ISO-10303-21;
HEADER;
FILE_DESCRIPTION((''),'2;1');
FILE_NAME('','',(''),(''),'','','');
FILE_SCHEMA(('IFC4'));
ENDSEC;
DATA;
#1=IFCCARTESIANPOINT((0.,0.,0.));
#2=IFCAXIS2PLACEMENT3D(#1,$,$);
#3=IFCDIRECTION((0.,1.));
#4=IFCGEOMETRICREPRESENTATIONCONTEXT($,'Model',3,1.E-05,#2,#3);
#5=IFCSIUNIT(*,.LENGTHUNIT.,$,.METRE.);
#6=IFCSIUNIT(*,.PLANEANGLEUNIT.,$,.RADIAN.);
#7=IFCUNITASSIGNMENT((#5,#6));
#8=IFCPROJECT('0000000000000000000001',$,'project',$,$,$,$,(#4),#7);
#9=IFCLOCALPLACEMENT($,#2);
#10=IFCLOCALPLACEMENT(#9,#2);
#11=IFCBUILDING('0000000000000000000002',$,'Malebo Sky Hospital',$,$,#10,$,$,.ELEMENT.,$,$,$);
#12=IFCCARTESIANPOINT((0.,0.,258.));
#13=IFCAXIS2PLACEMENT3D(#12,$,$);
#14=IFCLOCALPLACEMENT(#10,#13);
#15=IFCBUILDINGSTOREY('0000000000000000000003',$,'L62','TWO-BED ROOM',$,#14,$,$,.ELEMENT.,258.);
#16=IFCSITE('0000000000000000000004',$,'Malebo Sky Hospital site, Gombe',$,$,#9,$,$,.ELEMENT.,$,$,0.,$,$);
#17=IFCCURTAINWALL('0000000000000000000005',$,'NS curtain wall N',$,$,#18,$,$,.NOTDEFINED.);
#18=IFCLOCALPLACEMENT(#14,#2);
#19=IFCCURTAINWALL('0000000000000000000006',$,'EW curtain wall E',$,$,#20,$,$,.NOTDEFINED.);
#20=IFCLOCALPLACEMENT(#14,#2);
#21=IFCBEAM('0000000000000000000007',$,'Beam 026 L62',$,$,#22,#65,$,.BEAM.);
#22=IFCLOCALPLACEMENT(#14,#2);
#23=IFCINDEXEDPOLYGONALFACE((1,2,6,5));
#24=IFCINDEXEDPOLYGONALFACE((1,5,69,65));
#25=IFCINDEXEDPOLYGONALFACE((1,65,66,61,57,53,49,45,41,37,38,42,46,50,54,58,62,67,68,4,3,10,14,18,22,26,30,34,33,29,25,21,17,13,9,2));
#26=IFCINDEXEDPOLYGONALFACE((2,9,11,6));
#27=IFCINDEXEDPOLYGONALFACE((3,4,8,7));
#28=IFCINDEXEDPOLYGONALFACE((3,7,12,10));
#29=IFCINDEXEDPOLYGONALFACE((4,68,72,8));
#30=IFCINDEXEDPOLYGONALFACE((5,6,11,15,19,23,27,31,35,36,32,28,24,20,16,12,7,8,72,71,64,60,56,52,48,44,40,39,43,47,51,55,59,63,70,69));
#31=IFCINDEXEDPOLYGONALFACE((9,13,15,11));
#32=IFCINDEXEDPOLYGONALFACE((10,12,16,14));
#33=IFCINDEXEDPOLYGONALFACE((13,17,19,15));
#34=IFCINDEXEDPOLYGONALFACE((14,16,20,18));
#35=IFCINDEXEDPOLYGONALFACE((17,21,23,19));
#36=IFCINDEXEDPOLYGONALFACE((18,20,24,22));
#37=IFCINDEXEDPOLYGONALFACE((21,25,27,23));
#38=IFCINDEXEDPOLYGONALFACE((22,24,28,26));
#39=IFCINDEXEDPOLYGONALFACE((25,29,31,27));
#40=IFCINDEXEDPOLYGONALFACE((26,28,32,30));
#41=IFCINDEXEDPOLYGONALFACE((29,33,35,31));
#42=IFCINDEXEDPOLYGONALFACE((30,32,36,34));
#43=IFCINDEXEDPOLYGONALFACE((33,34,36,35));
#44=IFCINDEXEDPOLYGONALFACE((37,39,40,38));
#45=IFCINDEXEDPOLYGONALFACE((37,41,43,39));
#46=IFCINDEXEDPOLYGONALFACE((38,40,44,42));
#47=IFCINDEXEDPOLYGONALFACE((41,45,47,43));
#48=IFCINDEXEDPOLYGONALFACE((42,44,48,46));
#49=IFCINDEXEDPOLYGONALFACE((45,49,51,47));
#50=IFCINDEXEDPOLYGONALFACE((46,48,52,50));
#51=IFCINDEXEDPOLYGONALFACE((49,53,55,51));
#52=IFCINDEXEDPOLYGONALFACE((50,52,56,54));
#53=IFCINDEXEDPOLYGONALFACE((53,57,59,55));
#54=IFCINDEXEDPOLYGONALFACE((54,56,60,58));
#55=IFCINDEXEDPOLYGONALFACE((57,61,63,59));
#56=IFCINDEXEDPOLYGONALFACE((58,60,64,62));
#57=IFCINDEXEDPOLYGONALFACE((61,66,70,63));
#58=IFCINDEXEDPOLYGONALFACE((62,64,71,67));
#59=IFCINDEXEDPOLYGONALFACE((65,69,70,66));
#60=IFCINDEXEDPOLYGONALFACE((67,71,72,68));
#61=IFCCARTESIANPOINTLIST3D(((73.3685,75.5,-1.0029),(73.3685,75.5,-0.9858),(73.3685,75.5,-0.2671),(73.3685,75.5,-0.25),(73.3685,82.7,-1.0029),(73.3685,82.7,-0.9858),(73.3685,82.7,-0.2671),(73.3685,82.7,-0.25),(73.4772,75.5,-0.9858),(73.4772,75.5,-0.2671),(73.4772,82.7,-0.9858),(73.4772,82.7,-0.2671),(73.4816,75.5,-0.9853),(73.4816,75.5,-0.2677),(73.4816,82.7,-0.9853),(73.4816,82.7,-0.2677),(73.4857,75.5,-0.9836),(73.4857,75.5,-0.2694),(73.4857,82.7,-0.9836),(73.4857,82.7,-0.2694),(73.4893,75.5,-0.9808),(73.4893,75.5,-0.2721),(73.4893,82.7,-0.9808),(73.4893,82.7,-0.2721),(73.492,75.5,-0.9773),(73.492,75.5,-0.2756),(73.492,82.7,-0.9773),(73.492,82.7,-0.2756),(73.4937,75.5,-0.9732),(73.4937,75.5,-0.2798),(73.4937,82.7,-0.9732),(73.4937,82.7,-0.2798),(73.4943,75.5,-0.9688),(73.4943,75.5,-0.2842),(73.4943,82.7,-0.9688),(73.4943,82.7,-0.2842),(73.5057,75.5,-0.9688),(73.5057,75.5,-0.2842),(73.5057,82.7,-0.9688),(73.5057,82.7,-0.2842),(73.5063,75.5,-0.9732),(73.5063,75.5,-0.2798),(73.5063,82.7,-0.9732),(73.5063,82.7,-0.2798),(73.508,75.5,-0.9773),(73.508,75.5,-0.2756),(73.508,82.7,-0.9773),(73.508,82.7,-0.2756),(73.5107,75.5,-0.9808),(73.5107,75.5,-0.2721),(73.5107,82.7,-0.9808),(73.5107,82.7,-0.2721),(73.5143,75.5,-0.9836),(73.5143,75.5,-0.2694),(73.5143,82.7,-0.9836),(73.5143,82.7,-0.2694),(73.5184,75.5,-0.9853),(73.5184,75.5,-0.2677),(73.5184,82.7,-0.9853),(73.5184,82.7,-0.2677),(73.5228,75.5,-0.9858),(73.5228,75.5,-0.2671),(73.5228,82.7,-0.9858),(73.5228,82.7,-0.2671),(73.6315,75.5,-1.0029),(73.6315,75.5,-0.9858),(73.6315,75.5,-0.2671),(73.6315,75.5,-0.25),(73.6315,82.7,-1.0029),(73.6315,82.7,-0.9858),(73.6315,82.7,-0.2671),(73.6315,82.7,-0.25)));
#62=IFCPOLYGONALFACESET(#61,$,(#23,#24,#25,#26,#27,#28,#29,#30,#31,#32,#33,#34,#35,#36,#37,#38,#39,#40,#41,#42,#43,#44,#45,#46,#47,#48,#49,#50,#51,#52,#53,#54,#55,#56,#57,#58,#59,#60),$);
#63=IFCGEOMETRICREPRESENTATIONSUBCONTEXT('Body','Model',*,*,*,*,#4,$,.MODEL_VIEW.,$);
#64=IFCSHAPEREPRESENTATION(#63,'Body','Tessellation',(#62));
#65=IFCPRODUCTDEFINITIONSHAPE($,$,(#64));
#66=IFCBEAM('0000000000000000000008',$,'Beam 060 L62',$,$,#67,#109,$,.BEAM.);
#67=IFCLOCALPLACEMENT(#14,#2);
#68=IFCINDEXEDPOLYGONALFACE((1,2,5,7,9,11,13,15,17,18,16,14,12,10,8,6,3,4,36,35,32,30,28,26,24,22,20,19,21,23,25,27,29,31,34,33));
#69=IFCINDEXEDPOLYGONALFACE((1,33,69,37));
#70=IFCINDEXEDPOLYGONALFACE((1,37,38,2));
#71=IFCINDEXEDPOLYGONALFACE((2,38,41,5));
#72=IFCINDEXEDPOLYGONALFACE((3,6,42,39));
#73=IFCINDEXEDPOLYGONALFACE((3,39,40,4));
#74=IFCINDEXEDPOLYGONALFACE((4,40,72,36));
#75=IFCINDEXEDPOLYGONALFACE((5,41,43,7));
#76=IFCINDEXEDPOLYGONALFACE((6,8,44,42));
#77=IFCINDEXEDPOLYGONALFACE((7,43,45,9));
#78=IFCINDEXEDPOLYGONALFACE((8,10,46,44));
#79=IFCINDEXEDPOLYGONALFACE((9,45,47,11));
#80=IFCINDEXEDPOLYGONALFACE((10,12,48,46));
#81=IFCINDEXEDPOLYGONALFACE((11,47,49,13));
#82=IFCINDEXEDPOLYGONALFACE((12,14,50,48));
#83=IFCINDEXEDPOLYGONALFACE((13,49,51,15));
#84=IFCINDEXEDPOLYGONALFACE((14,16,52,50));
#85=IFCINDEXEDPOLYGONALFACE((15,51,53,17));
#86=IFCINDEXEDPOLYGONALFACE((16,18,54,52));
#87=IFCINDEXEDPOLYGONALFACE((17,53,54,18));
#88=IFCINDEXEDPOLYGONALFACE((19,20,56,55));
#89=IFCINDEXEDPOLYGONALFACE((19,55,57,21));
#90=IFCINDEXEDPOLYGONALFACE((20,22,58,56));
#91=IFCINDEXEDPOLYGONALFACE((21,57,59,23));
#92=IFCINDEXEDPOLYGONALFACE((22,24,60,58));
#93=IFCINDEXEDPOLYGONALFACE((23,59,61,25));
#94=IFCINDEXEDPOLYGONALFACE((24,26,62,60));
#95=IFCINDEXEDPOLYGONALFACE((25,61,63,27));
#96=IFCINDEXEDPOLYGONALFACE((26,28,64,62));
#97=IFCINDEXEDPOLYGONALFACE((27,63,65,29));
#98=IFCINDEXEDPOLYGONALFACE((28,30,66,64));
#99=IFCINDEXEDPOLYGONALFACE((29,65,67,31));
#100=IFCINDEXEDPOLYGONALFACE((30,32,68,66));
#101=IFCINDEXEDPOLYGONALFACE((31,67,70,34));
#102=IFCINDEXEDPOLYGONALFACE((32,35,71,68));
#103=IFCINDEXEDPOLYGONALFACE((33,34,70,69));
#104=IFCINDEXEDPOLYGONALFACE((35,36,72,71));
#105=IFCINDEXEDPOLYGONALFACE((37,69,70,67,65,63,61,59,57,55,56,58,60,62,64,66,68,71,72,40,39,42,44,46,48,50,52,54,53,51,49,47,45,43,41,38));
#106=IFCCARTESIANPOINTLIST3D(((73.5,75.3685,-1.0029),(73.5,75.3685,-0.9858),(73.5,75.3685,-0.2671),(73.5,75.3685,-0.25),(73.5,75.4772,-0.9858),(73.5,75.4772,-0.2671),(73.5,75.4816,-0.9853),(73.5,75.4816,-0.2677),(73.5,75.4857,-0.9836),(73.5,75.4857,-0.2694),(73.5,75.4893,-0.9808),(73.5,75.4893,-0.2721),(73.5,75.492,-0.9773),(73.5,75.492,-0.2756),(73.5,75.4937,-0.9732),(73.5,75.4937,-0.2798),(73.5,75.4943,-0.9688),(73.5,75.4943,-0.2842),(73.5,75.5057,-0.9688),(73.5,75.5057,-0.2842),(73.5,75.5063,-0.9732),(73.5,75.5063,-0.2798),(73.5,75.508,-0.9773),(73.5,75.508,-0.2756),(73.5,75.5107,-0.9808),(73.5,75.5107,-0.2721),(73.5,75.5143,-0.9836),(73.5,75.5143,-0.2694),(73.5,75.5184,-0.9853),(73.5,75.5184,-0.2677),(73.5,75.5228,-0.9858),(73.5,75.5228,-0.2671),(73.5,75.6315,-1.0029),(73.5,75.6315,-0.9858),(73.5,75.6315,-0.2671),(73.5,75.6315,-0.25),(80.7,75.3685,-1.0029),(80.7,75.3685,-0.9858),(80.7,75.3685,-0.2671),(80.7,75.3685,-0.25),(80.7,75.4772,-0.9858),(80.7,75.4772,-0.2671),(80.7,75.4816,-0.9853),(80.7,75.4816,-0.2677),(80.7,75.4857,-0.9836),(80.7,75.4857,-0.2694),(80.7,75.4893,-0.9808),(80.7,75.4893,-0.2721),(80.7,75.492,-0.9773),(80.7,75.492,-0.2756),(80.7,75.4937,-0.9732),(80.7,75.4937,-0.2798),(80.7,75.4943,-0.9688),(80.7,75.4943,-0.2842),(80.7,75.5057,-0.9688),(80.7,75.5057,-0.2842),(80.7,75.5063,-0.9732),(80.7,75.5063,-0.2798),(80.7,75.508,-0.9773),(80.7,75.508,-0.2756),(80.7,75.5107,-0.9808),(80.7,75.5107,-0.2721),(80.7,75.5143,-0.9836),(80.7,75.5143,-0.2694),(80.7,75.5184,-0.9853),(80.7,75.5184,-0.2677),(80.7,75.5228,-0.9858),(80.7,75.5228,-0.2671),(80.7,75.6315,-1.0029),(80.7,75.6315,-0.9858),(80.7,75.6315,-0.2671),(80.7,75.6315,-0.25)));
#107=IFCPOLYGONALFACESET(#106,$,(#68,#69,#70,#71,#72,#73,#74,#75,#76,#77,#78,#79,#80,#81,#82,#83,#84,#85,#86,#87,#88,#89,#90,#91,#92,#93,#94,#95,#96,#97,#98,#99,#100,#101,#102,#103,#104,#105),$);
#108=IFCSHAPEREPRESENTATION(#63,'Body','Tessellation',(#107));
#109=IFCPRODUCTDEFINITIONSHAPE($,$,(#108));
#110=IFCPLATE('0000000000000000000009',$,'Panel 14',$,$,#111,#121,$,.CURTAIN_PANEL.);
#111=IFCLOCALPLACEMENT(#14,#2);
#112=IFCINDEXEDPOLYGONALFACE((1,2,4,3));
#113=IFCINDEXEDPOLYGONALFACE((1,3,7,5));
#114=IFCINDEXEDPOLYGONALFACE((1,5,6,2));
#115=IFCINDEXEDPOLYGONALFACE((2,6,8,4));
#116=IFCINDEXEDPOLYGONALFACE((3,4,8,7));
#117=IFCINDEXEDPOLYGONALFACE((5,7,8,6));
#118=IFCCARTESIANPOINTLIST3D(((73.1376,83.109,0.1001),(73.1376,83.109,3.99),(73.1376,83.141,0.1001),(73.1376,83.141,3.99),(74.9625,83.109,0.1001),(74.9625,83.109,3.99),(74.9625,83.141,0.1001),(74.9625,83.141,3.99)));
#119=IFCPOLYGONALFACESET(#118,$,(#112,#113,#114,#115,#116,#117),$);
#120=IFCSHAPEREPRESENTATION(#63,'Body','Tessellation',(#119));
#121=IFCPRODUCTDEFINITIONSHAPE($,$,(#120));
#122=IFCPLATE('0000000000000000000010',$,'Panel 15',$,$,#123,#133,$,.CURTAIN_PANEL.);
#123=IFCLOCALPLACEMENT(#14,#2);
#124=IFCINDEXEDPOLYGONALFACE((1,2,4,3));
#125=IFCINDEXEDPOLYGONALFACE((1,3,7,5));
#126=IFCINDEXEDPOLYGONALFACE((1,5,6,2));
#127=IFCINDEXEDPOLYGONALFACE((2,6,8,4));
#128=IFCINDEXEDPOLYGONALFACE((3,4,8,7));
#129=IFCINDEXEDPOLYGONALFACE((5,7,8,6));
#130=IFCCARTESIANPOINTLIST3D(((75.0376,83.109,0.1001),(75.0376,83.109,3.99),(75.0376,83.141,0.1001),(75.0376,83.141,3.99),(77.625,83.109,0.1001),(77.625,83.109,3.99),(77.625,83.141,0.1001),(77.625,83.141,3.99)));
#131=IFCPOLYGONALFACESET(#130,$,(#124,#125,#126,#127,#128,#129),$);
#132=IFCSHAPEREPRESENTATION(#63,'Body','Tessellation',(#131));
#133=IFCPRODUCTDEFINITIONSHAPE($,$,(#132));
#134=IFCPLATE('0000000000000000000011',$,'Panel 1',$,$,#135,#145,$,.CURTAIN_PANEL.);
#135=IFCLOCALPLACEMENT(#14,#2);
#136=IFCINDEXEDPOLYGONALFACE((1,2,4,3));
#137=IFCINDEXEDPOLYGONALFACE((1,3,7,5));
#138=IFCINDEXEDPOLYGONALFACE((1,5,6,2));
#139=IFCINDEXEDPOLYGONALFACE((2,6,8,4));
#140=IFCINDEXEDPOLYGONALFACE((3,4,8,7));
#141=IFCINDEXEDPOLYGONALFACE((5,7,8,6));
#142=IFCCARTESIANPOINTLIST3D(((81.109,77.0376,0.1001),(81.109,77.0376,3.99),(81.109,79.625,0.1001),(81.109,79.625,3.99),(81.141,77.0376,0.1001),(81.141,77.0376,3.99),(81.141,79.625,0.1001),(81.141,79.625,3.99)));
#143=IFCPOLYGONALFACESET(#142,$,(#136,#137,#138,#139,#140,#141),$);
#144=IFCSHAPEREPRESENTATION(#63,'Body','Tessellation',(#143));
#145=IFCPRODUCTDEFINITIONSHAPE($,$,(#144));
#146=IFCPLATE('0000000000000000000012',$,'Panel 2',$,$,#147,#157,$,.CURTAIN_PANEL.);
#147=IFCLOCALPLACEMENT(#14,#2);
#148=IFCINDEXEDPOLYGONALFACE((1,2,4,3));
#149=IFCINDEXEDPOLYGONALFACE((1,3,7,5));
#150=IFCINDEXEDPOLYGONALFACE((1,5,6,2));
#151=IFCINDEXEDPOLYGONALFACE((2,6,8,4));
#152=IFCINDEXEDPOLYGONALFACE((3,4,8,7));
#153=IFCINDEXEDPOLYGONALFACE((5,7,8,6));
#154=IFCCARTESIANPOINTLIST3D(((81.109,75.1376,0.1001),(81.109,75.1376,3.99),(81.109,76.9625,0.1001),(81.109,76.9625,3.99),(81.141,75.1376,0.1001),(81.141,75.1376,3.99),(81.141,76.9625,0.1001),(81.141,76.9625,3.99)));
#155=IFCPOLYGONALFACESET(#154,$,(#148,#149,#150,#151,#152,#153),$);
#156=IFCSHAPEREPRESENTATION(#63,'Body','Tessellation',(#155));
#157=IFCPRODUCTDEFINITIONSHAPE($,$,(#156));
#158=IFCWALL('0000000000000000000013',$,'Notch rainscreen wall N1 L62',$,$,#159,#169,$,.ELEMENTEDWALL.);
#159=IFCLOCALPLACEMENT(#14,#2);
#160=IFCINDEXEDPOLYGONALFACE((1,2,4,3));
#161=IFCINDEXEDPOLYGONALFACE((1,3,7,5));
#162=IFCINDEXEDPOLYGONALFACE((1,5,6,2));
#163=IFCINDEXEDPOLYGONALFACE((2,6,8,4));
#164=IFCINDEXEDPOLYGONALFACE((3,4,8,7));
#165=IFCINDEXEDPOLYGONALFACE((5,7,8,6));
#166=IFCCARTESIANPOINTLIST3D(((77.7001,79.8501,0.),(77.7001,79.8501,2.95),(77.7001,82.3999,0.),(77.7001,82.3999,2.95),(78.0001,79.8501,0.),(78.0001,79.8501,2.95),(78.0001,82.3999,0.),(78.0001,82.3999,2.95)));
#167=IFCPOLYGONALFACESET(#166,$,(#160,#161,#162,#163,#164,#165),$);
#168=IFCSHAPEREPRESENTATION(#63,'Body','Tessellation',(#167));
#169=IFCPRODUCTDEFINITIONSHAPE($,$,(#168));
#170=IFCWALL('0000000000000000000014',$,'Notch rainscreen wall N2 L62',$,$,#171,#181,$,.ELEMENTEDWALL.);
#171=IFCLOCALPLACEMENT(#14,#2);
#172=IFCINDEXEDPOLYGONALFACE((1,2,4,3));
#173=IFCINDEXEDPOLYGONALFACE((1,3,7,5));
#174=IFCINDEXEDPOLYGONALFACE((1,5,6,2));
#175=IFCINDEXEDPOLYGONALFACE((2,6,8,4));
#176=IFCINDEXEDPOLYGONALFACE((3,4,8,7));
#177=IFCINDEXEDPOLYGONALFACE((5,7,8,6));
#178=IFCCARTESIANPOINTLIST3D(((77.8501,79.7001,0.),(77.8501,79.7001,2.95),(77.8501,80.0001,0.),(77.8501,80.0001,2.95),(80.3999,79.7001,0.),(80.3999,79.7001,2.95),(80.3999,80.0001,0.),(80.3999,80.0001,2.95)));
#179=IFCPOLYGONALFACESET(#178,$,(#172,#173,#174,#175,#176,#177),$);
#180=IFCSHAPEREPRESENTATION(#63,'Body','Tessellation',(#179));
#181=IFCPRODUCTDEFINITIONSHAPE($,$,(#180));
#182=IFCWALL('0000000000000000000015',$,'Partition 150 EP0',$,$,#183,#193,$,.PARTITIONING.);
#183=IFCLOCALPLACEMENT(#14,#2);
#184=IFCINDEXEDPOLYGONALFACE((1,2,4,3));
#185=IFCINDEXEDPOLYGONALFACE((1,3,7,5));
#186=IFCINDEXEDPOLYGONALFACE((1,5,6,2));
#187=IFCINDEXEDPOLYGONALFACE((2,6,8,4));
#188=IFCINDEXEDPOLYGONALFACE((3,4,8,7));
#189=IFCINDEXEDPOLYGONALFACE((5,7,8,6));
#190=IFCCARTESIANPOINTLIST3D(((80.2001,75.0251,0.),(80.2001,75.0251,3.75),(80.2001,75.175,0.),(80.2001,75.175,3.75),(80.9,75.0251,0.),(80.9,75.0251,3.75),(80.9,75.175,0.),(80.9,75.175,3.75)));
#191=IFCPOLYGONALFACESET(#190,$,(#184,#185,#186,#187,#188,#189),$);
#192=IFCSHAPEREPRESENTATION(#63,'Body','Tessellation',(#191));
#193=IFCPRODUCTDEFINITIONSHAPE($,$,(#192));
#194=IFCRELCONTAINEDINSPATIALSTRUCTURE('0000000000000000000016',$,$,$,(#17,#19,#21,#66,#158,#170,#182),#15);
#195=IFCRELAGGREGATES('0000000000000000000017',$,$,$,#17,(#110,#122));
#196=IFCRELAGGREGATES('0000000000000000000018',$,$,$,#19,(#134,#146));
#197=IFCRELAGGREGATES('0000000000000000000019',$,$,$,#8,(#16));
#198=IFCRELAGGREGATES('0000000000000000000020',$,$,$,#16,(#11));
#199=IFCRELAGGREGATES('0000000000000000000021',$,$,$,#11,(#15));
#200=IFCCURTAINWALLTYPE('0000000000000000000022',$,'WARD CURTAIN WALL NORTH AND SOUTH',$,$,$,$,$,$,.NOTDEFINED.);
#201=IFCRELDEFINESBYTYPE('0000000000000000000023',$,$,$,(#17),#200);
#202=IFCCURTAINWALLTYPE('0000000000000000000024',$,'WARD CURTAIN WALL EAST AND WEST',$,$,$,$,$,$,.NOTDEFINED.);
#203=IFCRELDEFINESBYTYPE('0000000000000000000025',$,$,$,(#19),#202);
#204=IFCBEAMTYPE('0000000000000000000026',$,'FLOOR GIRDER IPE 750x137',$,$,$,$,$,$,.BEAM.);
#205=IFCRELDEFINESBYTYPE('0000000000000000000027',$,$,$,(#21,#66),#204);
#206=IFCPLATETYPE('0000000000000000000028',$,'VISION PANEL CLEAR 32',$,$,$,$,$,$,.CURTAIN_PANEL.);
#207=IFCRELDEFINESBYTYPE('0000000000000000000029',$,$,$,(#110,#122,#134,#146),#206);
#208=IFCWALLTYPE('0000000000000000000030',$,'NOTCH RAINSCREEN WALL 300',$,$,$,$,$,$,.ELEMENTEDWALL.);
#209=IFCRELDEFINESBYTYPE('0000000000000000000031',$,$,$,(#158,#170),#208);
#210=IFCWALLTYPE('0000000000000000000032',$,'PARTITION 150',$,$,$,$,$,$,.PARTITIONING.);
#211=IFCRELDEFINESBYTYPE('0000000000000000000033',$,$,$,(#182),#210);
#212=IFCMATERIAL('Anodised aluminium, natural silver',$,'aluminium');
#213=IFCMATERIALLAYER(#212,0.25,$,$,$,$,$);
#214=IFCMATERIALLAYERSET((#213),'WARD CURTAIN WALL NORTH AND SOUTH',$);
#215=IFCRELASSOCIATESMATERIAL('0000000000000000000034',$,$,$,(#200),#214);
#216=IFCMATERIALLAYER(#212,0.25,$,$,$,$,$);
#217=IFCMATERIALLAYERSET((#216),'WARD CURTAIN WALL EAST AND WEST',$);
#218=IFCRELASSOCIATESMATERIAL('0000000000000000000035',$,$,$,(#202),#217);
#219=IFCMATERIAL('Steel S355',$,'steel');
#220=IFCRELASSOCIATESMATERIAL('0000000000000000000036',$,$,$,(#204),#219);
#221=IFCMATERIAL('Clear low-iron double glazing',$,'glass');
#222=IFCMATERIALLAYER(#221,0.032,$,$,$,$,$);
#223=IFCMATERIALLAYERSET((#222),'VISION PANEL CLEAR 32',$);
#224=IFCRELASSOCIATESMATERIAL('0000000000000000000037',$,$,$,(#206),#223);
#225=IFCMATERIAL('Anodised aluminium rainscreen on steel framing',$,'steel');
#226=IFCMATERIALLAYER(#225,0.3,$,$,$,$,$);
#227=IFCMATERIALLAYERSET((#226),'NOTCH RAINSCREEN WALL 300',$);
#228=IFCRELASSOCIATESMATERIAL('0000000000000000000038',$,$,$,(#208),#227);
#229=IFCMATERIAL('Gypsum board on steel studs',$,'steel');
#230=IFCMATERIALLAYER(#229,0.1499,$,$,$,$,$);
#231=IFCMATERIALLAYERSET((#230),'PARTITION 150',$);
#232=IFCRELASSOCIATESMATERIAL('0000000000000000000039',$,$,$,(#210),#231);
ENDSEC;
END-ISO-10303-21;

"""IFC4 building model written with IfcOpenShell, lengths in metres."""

from ifc_helpers import new_model, si_unit, direction, frame, frame_2d, origin, origin_2d, place, context, subcontext, project, spatial, rectangle, i_section, extrude, material, layer, layer_set, material_profile, profile_set, type_object, element, aggregate, save


model = new_model("IFC4")

# Units and contexts
model_context = context("Model", 3, precision=1e-05, world=origin(), true_north=direction((0.0, 1.0)))
body_context = subcontext(model_context, "Body", "Model", "MODEL_VIEW")
ifc_project = project(units=[si_unit("LENGTHUNIT", "METRE"), si_unit("PLANEANGLEUNIT", "RADIAN")], contexts=[model_context])

# Site, building, storey
site_placement = place(None, origin())
site = spatial("IfcSite", under=ifc_project, at=site_placement, Name="Malebo Sky Hospital site, Gombe", CompositionType="ELEMENT", RefElevation=0.0)
building_placement = place(site_placement, origin())
building = spatial("IfcBuilding", under=site, at=building_placement, Name="Malebo Sky Hospital", CompositionType="ELEMENT")
storey_placement = place(building_placement, frame((0.0, 0.0, 258.0)))
storey = spatial("IfcBuildingStorey", under=building, at=storey_placement, Name="L62", Description="TWO-BED ROOM", CompositionType="ELEMENT", Elevation=258.0)

# Curtain wall
ifc_material_1 = material(Name="Anodised aluminium, natural silver", Category="aluminium")
ifc_layer_1 = layer(ifc_material_1, 0.25)
ifc_layer_set_1 = layer_set([ifc_layer_1], Name="WARD CURTAIN WALL NORTH AND SOUTH")
curtain_wall_type_1 = type_object("IfcCurtainWallType", Name="WARD CURTAIN WALL NORTH AND SOUTH", PredefinedType="NOTDEFINED", material=ifc_layer_set_1)
curtain_wall_1_placement = place(storey_placement, origin())
curtain_wall_1 = element("IfcCurtainWall", 1, at=curtain_wall_1_placement, inside=storey, type_object=curtain_wall_type_1, Name="NS curtain wall N", PredefinedType="NOTDEFINED")

# Curtain wall
ifc_layer_2 = layer(ifc_material_1, 0.25)
ifc_layer_set_2 = layer_set([ifc_layer_2], Name="WARD CURTAIN WALL EAST AND WEST")
curtain_wall_type_2 = type_object("IfcCurtainWallType", Name="WARD CURTAIN WALL EAST AND WEST", PredefinedType="NOTDEFINED", material=ifc_layer_set_2)
curtain_wall_2_placement = place(storey_placement, origin())
curtain_wall_2 = element("IfcCurtainWall", 2, at=curtain_wall_2_placement, inside=storey, type_object=curtain_wall_type_2, Name="EW curtain wall E", PredefinedType="NOTDEFINED")

# Beams
ifc_material_2 = material(Name="Steel S355", Category="steel")
ifc_material_profile_1 = material_profile(ifc_material_2, i_section(OverallWidth=0.2629, OverallDepth=0.7529, WebThickness=0.0115, FlangeThickness=0.0171, FilletRadius=0.0171, at=origin_2d()), Name="IPE 750x137")
ifc_profile_set_1 = profile_set([ifc_material_profile_1], Name="Steel S355")
beam_type_1 = type_object("IfcBeamType", Name="FLOOR GIRDER IPE 750x137", PredefinedType="BEAM", material=ifc_profile_set_1)
for number, where, z_axis, x_axis, name in (
    (3, (73.5, 75.5, -0.6265), (0.0, 1.0, 0.0), (-1.0, 0.0, 0.0), "Beam 026 L62"),
    (4, (73.5, 75.5, -0.6265), (1.0, 0.0, 0.0), (0.0, 1.0, 0.0), "Beam 060 L62"),
):
    element("IfcBeam", number, at=place(storey_placement, frame(where, z_axis=z_axis, x_axis=x_axis)), inside=storey, type_object=beam_type_1, Name=name, PredefinedType="BEAM", context=body_context, shape_type="SweptSolid", body=[
        extrude(i_section(OverallWidth=0.2629, OverallDepth=0.7529, WebThickness=0.0115, FlangeThickness=0.0171, FilletRadius=0.0171, at=origin_2d()), origin(), (0.0, 0.0, 1.0), 7.2),
    ])

# Plates
ifc_material_3 = material(Name="Clear low-iron double glazing", Category="glass")
ifc_layer_3 = layer(ifc_material_3, 0.032)
ifc_layer_set_3 = layer_set([ifc_layer_3], Name="VISION PANEL CLEAR 32")
plate_type = type_object("IfcPlateType", Name="VISION PANEL CLEAR 32", PredefinedType="CURTAIN_PANEL", material=ifc_layer_set_3)
plate_1_placement = place(storey_placement, frame((74.05, 83.125, 0.1001), z_axis=(0.0, 0.0, 1.0), x_axis=(1.0, 0.0, 0.0)))
plate_1 = element("IfcPlate", 5, at=plate_1_placement, type_object=plate_type, Name="Panel 14", PredefinedType="CURTAIN_PANEL", context=body_context, shape_type="SweptSolid", body=[
    extrude(rectangle(XDim=1.825, YDim=0.032, at=origin_2d()), origin(), (0.0, 0.0, 1.0), 3.8899),
])
plate_2_placement = place(storey_placement, frame((76.3313, 83.125, 0.1001), z_axis=(0.0, 0.0, 1.0), x_axis=(1.0, 0.0, 0.0)))
plate_2 = element("IfcPlate", 6, at=plate_2_placement, type_object=plate_type, Name="Panel 15", PredefinedType="CURTAIN_PANEL", context=body_context, shape_type="SweptSolid", body=[
    extrude(rectangle(XDim=2.5874, YDim=0.032, at=origin_2d()), origin(), (0.0, 0.0, 1.0), 3.8899),
])
aggregate(curtain_wall_1, [plate_1, plate_2])
plate_3_placement = place(storey_placement, frame((81.125, 78.3313, 0.1001), z_axis=(0.0, 0.0, 1.0), x_axis=(0.0, -1.0, 0.0)))
plate_3 = element("IfcPlate", 7, at=plate_3_placement, type_object=plate_type, Name="Panel 1", PredefinedType="CURTAIN_PANEL", context=body_context, shape_type="SweptSolid", body=[
    extrude(rectangle(XDim=2.5874, YDim=0.032, at=origin_2d()), origin(), (0.0, 0.0, 1.0), 3.8899),
])
plate_4_placement = place(storey_placement, frame((81.125, 76.05, 0.1001), z_axis=(0.0, 0.0, 1.0), x_axis=(0.0, -1.0, 0.0)))
plate_4 = element("IfcPlate", 8, at=plate_4_placement, type_object=plate_type, Name="Panel 2", PredefinedType="CURTAIN_PANEL", context=body_context, shape_type="SweptSolid", body=[
    extrude(rectangle(XDim=1.825, YDim=0.032, at=origin_2d()), origin(), (0.0, 0.0, 1.0), 3.8899),
])
aggregate(curtain_wall_2, [plate_3, plate_4])

# Walls
ifc_material_4 = material(Name="Anodised aluminium rainscreen on steel framing", Category="steel")
ifc_layer_4 = layer(ifc_material_4, 0.3)
ifc_layer_set_4 = layer_set([ifc_layer_4], Name="NOTCH RAINSCREEN WALL 300")
wall_type_1 = type_object("IfcWallType", Name="NOTCH RAINSCREEN WALL 300", PredefinedType="ELEMENTEDWALL", material=ifc_layer_set_4)
for number, where, z_axis, x_axis, name in (
    (9, (77.8501, 82.3999, 0.0), (0.0, 0.0, 1.0), (0.0, -1.0, 0.0), "Notch rainscreen wall N1 L62"),
    (10, (77.8501, 79.8501, 0.0), (0.0, 0.0, 1.0), (1.0, 0.0, 0.0), "Notch rainscreen wall N2 L62"),
):
    element("IfcWall", number, at=place(storey_placement, frame(where, z_axis=z_axis, x_axis=x_axis)), inside=storey, type_object=wall_type_1, Name=name, PredefinedType="ELEMENTEDWALL", context=body_context, shape_type="SweptSolid", body=[
        extrude(rectangle(XDim=2.5498, YDim=0.3, at=frame_2d((1.2749, 0.0))), origin(), (0.0, 0.0, 1.0), 2.95),
    ])
ifc_material_5 = material(Name="Gypsum board on steel studs", Category="steel")
ifc_layer_5 = layer(ifc_material_5, 0.1499)
ifc_layer_set_5 = layer_set([ifc_layer_5], Name="PARTITION 150")
wall_type_2 = type_object("IfcWallType", Name="PARTITION 150", PredefinedType="PARTITIONING", material=ifc_layer_set_5)
wall_1_placement = place(storey_placement, frame((80.2, 75.1001, 0.0), z_axis=(0.0, 0.0, 1.0), x_axis=(1.0, 0.0, 0.0)))
element("IfcWall", 11, at=wall_1_placement, inside=storey, type_object=wall_type_2, Name="Partition 150 EP0", PredefinedType="PARTITIONING", context=body_context, shape_type="SweptSolid", body=[
    extrude(rectangle(XDim=0.7, YDim=0.1499, at=frame_2d((0.3501, 0.0))), origin(), (0.0, 0.0, 1.0), 3.75),
])

save(model, "model.ifc")
